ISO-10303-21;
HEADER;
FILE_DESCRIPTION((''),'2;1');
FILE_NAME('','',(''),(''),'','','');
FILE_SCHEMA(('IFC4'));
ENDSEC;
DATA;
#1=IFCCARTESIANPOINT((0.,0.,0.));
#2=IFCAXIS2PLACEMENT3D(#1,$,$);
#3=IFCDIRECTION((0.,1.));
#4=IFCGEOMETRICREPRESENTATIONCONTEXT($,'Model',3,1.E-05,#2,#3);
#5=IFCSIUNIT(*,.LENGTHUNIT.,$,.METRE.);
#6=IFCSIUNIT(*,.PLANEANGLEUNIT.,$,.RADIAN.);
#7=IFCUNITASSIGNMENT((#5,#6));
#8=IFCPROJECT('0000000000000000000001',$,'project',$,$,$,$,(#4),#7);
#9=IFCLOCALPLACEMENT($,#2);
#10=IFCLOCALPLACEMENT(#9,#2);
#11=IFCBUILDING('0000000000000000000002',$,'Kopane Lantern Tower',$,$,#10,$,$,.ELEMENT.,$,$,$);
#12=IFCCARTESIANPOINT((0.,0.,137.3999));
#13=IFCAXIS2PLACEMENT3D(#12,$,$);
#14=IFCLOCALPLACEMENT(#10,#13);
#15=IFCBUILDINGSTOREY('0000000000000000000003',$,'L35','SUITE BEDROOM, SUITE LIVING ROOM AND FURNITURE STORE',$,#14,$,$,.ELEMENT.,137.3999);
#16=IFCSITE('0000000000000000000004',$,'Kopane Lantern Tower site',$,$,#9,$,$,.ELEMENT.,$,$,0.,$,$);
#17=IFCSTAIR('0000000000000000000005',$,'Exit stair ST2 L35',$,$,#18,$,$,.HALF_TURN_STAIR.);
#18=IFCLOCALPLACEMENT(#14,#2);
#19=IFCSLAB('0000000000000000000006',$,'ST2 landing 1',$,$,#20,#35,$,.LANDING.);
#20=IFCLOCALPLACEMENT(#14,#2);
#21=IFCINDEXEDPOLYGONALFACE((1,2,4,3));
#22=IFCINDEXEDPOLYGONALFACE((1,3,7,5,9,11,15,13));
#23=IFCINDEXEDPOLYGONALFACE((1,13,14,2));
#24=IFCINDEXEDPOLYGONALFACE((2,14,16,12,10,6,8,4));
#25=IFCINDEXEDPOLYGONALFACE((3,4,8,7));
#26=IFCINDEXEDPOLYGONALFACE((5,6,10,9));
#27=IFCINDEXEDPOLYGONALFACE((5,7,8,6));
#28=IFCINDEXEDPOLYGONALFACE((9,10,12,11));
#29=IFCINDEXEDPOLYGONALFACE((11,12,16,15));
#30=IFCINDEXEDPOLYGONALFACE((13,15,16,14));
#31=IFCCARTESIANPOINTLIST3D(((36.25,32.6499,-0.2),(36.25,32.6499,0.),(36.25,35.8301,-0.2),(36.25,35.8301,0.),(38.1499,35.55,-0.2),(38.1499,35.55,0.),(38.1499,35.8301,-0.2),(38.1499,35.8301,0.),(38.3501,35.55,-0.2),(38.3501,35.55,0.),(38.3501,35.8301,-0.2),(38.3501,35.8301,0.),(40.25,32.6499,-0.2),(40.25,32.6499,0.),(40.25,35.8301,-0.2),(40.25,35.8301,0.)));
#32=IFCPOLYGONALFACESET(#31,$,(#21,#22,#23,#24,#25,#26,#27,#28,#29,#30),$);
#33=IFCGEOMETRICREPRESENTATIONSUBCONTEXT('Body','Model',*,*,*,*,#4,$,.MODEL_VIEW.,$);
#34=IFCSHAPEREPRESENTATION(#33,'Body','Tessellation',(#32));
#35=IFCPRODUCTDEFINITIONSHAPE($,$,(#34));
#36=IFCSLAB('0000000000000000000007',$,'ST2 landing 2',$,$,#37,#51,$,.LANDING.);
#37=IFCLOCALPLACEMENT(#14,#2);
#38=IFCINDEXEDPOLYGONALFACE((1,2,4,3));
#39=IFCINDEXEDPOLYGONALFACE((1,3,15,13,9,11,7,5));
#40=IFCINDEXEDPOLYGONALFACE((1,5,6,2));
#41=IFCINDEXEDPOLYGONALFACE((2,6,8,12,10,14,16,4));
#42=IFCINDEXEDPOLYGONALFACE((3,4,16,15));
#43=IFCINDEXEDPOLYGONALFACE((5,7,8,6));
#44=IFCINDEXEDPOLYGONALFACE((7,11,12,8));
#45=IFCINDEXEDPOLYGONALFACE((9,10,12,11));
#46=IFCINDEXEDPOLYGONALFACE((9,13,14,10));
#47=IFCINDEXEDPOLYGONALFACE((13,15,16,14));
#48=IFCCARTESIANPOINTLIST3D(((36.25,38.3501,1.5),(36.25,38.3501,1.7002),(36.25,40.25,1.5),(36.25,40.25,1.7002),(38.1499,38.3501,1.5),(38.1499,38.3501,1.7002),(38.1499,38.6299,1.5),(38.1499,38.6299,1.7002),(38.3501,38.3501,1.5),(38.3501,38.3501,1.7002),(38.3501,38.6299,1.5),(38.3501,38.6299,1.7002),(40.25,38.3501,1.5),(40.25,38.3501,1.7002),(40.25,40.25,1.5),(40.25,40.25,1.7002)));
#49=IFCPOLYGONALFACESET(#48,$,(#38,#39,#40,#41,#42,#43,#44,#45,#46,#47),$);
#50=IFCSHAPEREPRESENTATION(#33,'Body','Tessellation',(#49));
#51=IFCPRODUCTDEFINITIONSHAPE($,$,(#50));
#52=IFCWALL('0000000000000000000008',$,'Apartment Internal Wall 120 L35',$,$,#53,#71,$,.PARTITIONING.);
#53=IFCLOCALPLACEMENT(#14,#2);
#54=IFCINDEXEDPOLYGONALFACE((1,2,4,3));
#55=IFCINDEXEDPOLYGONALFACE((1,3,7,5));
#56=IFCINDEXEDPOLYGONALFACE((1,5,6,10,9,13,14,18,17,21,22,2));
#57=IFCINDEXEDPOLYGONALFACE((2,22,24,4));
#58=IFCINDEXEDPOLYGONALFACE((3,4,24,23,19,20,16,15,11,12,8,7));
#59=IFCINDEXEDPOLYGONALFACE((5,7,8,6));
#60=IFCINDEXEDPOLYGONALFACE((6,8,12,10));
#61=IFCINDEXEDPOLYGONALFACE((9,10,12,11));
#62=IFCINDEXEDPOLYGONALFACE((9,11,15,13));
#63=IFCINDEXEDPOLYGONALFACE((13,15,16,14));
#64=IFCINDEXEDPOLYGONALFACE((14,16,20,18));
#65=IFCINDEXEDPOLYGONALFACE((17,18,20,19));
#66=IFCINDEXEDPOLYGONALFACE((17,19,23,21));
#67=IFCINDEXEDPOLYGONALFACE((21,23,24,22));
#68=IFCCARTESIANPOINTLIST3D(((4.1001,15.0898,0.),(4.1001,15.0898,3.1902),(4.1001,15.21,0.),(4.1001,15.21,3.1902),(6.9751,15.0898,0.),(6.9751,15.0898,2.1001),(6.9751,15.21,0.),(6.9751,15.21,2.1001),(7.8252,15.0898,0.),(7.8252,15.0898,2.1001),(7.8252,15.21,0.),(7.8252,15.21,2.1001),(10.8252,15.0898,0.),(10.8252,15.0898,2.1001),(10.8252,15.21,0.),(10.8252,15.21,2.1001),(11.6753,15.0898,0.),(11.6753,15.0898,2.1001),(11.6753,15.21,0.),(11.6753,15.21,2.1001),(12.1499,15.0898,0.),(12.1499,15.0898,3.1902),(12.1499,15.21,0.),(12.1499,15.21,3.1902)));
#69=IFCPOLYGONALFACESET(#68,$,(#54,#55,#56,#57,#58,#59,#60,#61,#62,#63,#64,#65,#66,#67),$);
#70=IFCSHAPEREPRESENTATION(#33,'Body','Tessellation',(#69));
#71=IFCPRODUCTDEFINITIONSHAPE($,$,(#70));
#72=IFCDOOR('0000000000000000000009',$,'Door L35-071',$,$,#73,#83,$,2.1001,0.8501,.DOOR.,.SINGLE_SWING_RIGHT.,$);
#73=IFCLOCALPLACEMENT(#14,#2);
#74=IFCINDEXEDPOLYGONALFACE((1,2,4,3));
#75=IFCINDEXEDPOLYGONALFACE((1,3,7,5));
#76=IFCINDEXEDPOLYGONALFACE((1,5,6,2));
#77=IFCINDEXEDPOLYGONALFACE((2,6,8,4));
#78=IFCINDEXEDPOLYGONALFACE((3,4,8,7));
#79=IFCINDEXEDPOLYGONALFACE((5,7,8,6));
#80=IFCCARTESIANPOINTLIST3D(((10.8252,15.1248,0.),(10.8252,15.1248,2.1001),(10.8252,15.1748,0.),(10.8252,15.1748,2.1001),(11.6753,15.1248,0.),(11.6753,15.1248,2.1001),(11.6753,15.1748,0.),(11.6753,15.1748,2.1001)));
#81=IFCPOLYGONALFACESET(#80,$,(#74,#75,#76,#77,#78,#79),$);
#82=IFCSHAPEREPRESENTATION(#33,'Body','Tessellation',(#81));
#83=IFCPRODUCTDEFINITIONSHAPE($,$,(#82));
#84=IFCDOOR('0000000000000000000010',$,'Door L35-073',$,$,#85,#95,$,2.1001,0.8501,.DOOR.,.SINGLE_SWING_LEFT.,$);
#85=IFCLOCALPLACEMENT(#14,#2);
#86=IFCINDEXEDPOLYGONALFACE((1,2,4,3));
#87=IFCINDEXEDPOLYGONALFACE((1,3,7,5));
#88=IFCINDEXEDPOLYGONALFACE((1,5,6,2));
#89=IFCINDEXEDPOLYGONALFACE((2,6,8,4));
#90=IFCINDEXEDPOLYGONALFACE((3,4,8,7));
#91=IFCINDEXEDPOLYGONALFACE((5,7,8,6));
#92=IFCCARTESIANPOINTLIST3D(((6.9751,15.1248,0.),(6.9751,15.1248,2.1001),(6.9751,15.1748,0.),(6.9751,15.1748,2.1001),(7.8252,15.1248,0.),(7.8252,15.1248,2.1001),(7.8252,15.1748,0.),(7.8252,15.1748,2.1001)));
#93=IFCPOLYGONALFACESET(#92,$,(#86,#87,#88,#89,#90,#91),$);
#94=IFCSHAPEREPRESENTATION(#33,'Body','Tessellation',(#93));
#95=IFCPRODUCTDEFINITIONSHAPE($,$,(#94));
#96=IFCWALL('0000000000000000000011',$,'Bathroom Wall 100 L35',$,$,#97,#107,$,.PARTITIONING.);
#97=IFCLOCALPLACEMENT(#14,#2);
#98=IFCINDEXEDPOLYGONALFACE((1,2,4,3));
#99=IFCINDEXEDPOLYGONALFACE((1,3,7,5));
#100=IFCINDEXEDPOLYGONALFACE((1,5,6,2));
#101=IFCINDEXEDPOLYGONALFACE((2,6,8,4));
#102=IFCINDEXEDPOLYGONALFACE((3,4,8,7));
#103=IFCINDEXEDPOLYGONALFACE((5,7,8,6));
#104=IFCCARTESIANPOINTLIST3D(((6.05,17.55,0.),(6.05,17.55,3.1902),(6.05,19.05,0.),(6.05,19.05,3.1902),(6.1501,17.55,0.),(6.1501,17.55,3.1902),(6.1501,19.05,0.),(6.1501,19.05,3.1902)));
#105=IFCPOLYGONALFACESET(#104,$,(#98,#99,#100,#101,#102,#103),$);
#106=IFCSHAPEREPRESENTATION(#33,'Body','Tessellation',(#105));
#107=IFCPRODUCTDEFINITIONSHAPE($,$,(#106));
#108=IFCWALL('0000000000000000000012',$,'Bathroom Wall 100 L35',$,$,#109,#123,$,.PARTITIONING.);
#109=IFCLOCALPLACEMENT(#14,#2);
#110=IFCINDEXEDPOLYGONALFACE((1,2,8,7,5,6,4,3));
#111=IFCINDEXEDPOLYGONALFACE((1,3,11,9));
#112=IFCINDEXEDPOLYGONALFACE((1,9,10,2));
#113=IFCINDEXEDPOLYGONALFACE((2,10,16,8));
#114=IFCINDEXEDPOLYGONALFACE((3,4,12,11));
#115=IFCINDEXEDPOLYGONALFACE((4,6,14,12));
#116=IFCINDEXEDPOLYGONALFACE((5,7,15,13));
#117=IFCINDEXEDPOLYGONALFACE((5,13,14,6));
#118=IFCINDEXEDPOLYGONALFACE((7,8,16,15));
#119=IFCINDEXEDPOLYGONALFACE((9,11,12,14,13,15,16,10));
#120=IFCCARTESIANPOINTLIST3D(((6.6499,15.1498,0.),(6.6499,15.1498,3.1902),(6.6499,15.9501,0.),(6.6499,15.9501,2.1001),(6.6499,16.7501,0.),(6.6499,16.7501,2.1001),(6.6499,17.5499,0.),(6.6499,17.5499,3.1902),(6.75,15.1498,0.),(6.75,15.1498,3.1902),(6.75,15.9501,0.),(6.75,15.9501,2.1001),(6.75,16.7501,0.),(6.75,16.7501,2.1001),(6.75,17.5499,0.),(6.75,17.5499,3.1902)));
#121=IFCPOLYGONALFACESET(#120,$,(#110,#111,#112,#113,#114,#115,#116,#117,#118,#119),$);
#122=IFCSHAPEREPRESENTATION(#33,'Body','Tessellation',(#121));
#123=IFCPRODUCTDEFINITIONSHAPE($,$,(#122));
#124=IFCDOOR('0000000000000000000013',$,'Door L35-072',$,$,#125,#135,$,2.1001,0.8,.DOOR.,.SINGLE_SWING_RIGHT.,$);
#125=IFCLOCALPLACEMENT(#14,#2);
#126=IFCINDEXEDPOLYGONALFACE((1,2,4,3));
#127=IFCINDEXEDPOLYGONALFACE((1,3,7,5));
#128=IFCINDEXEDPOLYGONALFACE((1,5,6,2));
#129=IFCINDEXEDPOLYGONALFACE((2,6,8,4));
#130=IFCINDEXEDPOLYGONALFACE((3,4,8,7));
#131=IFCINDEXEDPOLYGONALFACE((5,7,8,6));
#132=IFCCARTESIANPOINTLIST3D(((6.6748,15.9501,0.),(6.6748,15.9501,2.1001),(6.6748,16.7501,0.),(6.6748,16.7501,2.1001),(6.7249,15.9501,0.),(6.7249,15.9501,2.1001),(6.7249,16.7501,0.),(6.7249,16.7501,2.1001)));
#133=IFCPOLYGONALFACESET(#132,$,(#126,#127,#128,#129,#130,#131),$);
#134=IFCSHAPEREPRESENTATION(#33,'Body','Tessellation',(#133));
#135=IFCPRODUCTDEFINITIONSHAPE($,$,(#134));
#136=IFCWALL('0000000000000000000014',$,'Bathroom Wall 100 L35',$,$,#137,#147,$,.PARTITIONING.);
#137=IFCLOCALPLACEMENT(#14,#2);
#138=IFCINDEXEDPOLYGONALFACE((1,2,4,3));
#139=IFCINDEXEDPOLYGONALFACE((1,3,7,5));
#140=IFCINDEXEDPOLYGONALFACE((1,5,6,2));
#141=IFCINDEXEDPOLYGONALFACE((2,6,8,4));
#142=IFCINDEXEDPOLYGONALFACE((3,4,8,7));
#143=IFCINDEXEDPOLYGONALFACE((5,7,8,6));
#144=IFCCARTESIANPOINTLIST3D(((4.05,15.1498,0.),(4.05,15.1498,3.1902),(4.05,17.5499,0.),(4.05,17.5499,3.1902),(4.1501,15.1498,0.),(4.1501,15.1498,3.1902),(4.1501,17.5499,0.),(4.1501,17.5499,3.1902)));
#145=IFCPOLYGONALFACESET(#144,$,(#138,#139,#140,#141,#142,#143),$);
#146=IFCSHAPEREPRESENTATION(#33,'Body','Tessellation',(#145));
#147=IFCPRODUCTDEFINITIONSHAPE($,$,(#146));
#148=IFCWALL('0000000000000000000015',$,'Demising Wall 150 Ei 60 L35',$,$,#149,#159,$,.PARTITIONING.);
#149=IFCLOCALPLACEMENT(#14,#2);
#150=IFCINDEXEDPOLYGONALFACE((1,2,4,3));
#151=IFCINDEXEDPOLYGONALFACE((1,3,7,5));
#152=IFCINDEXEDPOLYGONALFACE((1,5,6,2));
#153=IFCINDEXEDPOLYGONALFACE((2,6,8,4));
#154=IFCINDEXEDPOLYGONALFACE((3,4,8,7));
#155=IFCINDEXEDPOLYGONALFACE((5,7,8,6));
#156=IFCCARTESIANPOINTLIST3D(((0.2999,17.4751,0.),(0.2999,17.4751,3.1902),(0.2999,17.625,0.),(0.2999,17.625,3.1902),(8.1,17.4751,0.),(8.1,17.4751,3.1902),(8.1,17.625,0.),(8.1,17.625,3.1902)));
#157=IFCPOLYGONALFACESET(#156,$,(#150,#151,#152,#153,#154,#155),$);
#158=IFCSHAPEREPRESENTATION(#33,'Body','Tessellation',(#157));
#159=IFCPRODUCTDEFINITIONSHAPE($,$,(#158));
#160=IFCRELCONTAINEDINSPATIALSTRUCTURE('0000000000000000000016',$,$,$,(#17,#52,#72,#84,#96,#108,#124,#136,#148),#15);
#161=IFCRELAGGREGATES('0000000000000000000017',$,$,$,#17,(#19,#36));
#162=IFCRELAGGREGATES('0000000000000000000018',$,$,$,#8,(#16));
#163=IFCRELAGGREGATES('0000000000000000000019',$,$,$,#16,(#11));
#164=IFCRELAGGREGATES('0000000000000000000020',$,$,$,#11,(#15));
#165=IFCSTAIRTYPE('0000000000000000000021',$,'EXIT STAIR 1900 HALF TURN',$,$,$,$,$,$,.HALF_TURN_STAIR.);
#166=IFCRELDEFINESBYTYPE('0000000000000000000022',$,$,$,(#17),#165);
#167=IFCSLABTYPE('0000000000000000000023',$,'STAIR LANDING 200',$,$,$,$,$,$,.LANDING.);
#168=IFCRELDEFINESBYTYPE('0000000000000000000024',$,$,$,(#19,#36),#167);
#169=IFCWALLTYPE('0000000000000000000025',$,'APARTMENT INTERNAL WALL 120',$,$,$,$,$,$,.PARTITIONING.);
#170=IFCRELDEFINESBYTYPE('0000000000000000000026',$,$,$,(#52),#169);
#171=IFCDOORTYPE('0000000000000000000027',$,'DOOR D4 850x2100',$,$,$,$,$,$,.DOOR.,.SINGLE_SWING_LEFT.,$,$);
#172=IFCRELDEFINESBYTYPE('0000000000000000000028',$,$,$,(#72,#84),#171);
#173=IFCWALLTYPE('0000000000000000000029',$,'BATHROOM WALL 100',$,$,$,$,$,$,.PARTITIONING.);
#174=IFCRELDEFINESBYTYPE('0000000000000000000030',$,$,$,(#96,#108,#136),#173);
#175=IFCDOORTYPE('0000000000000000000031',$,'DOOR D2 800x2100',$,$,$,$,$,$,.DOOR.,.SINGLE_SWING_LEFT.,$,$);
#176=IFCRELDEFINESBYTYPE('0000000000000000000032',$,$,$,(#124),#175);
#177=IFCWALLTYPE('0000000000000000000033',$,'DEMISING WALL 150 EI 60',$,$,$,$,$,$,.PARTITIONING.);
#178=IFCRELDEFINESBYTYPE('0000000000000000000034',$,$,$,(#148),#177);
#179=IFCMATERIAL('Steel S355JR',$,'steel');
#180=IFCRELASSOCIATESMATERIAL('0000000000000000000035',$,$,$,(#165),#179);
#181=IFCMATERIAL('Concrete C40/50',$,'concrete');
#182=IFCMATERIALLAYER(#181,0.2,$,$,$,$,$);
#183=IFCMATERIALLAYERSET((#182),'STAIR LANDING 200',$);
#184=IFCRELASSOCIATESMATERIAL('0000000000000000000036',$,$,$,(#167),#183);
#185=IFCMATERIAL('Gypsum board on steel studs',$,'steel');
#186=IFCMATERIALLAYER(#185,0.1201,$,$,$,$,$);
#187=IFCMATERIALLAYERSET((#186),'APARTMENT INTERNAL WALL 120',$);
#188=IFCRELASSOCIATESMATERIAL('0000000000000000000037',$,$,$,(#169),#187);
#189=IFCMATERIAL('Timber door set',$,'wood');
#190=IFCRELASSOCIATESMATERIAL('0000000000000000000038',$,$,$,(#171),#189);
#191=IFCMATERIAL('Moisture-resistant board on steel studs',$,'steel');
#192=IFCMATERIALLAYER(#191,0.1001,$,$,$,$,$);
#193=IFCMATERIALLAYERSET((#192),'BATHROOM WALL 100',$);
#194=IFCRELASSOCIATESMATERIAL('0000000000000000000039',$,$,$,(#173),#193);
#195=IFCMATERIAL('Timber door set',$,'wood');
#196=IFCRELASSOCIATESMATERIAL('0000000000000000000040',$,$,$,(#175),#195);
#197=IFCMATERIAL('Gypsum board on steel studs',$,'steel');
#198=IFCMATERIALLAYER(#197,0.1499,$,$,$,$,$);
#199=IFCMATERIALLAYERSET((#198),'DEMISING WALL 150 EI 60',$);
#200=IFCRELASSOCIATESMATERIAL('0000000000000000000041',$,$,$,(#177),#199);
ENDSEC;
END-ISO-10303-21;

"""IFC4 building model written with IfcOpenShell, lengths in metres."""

from ifc_helpers import new_model, si_unit, direction, frame, frame_2d, origin, place, context, subcontext, project, spatial, polyline, rectangle, outline, extrude, material, layer, layer_set, type_object, element, fill, aggregate, save


model = new_model("IFC4")

# Units and contexts
model_context = context("Model", 3, precision=1e-05, world=origin(), true_north=direction((0.0, 1.0)))
body_context = subcontext(model_context, "Body", "Model", "MODEL_VIEW")
ifc_project = project(units=[si_unit("LENGTHUNIT", "METRE"), si_unit("PLANEANGLEUNIT", "RADIAN")], contexts=[model_context])

# Site, building, storey
site_placement = place(None, origin())
site = spatial("IfcSite", under=ifc_project, at=site_placement, Name="Kopane Lantern Tower site", CompositionType="ELEMENT", RefElevation=0.0)
building_placement = place(site_placement, origin())
building = spatial("IfcBuilding", under=site, at=building_placement, Name="Kopane Lantern Tower", CompositionType="ELEMENT")
storey_placement = place(building_placement, frame((0.0, 0.0, 137.3999)))
storey = spatial("IfcBuildingStorey", under=building, at=storey_placement, Name="L35", Description="SUITE BEDROOM, SUITE LIVING ROOM AND FURNITURE STORE", CompositionType="ELEMENT", Elevation=137.3999)

# Stair, slabs
ifc_material_1 = material(Name="Steel S355JR", Category="steel")
stair_type = type_object("IfcStairType", Name="EXIT STAIR 1900 HALF TURN", PredefinedType="HALF_TURN_STAIR", material=ifc_material_1)
ifc_material_2 = material(Name="Concrete C40/50", Category="concrete")
ifc_layer_1 = layer(ifc_material_2, 0.2)
ifc_layer_set_1 = layer_set([ifc_layer_1], Name="STAIR LANDING 200")
slab_type_1 = type_object("IfcSlabType", Name="STAIR LANDING 200", PredefinedType="LANDING", material=ifc_layer_set_1)
stair_1_placement = place(storey_placement, origin())
stair_1 = element("IfcStair", 1, at=stair_1_placement, inside=storey, type_object=stair_type, Name="Exit stair ST2 L35", PredefinedType="HALF_TURN_STAIR")
slab_1_placement = place(storey_placement, frame((0.0, 0.0, -0.2)))
slab_1 = element("IfcSlab", 2, at=slab_1_placement, type_object=slab_type_1, Name="ST2 landing 1", PredefinedType="LANDING", context=body_context, shape_type="SweptSolid", body=[
    extrude(outline(polyline([(40.25, 35.8301), (38.3501, 35.8301), (38.3501, 35.55), (38.1499, 35.55), (38.1499, 35.8301), (36.25, 35.8301), (36.25, 32.6499), (40.25, 32.6499), (40.25, 35.8301)])), origin(), (0.0, 0.0, 1.0), 0.2),
])
slab_2_placement = place(storey_placement, frame((0.0, 0.0, 1.5)))
slab_2 = element("IfcSlab", 3, at=slab_2_placement, type_object=slab_type_1, Name="ST2 landing 2", PredefinedType="LANDING", context=body_context, shape_type="SweptSolid", body=[
    extrude(outline(polyline([(38.1499, 38.6299), (38.3501, 38.6299), (38.3501, 38.3501), (40.25, 38.3501), (40.25, 40.25), (36.25, 40.25), (36.25, 38.3501), (38.1499, 38.3501), (38.1499, 38.6299)])), origin(), (0.0, 0.0, 1.0), 0.2002),
])
aggregate(stair_1, [slab_1, slab_2])

# Wall, openings, doors
ifc_material_3 = material(Name="Gypsum board on steel studs", Category="steel")
ifc_layer_2 = layer(ifc_material_3, 0.1201)
ifc_layer_set_2 = layer_set([ifc_layer_2], Name="APARTMENT INTERNAL WALL 120")
wall_type_1 = type_object("IfcWallType", Name="APARTMENT INTERNAL WALL 120", PredefinedType="PARTITIONING", material=ifc_layer_set_2)
wall_1_placement = place(storey_placement, frame((4.1001, 15.1499, 0.0), z_axis=(0.0, 0.0, 1.0), x_axis=(1.0, 0.0, 0.0)))
wall_1 = element("IfcWall", 4, at=wall_1_placement, inside=storey, type_object=wall_type_1, Name="Apartment Internal Wall 120 L35", PredefinedType="PARTITIONING", context=body_context, shape_type="SweptSolid", body=[
    extrude(rectangle(XDim=8.0498, YDim=0.1201, at=frame_2d((4.0249, 0.0))), origin(), (0.0, 0.0, 1.0), 3.1902),
])
opening_1_placement = place(wall_1_placement, frame((6.7251, 0.0, 0.0)))
opening_1 = element("IfcOpeningElement", 5, at=opening_1_placement, cuts=wall_1, PredefinedType="OPENING", context=body_context, shape_type="SweptSolid", body=[
    extrude(rectangle(XDim=0.8501, YDim=2.1001, at=frame_2d((0.425, 1.05))), frame((0.0, 0.0701, 0.0), z_axis=(0.0, -1.0, 0.0), x_axis=(1.0, 0.0, 0.0)), (0.0, 0.0, 1.0), 0.1401),
])
opening_2_placement = place(wall_1_placement, frame((2.875, 0.0, 0.0)))
opening_2 = element("IfcOpeningElement", 6, at=opening_2_placement, cuts=wall_1, PredefinedType="OPENING", context=body_context, shape_type="SweptSolid", body=[
    extrude(rectangle(XDim=0.8501, YDim=2.1001, at=frame_2d((0.425, 1.05))), frame((0.0, 0.0701, 0.0), z_axis=(0.0, -1.0, 0.0), x_axis=(1.0, 0.0, 0.0)), (0.0, 0.0, 1.0), 0.1401),
])
ifc_material_4 = material(Name="Timber door set", Category="wood")
door_type_1 = type_object("IfcDoorType", Name="DOOR D4 850x2100", OperationType="SINGLE_SWING_LEFT", PredefinedType="DOOR", material=ifc_material_4)
door_1_placement = place(opening_1_placement, origin())
door_1 = element("IfcDoor", 7, at=door_1_placement, inside=storey, type_object=door_type_1, Name="Door L35-071", OperationType="SINGLE_SWING_RIGHT", OverallHeight=2.1001, OverallWidth=0.8501, PredefinedType="DOOR", context=body_context, shape_type="SweptSolid", body=[
    extrude(rectangle(XDim=0.8501, YDim=2.1001, at=frame_2d((0.425, 1.05))), frame((0.0, 0.0249, 0.0), z_axis=(0.0, -1.0, 0.0), x_axis=(1.0, 0.0, 0.0)), (0.0, 0.0, 1.0), 0.05),
])
fill(opening_1, door_1)
door_2_placement = place(opening_2_placement, origin())
door_2 = element("IfcDoor", 8, at=door_2_placement, inside=storey, type_object=door_type_1, Name="Door L35-073", OperationType="SINGLE_SWING_LEFT", OverallHeight=2.1001, OverallWidth=0.8501, PredefinedType="DOOR", context=body_context, shape_type="SweptSolid", body=[
    extrude(rectangle(XDim=0.8501, YDim=2.1001, at=frame_2d((0.425, 1.05))), frame((0.0, 0.0249, 0.0), z_axis=(0.0, -1.0, 0.0), x_axis=(1.0, 0.0, 0.0)), (0.0, 0.0, 1.0), 0.05),
])
fill(opening_2, door_2)

# Wall
ifc_material_5 = material(Name="Moisture-resistant board on steel studs", Category="steel")
ifc_layer_3 = layer(ifc_material_5, 0.1001)
ifc_layer_set_3 = layer_set([ifc_layer_3], Name="BATHROOM WALL 100")
wall_type_2 = type_object("IfcWallType", Name="BATHROOM WALL 100", PredefinedType="PARTITIONING", material=ifc_layer_set_3)
wall_2_placement = place(storey_placement, frame((6.1001, 17.55, 0.0), z_axis=(0.0, 0.0, 1.0), x_axis=(0.0, 1.0, 0.0)))
element("IfcWall", 9, at=wall_2_placement, inside=storey, type_object=wall_type_2, Name="Bathroom Wall 100 L35", PredefinedType="PARTITIONING", context=body_context, shape_type="SweptSolid", body=[
    extrude(rectangle(XDim=1.5, YDim=0.1001, at=frame_2d((0.75, 0.0))), origin(), (0.0, 0.0, 1.0), 3.1902),
])

# Wall, opening, door
wall_3_placement = place(storey_placement, frame((6.7, 17.55, 0.0), z_axis=(0.0, 0.0, 1.0), x_axis=(0.0, -1.0, 0.0)))
wall_3 = element("IfcWall", 10, at=wall_3_placement, inside=storey, type_object=wall_type_2, Name="Bathroom Wall 100 L35", PredefinedType="PARTITIONING", context=body_context, shape_type="SweptSolid", body=[
    extrude(rectangle(XDim=2.4001, YDim=0.1001, at=frame_2d((1.2002, 0.0))), origin(), (0.0, 0.0, 1.0), 3.1902),
])
opening_3_placement = place(wall_3_placement, frame((0.8, 0.0, 0.0)))
opening_3 = element("IfcOpeningElement", 11, at=opening_3_placement, cuts=wall_3, PredefinedType="OPENING", context=body_context, shape_type="SweptSolid", body=[
    extrude(rectangle(XDim=0.8, YDim=2.1001, at=frame_2d((0.3999, 1.05))), frame((0.0, 0.0601, 0.0), z_axis=(0.0, -1.0, 0.0), x_axis=(1.0, 0.0, 0.0)), (0.0, 0.0, 1.0), 0.1201),
])
ifc_material_6 = material(Name="Timber door set", Category="wood")
door_type_2 = type_object("IfcDoorType", Name="DOOR D2 800x2100", OperationType="SINGLE_SWING_LEFT", PredefinedType="DOOR", material=ifc_material_6)
door_3_placement = place(opening_3_placement, origin())
door_3 = element("IfcDoor", 12, at=door_3_placement, inside=storey, type_object=door_type_2, Name="Door L35-072", OperationType="SINGLE_SWING_RIGHT", OverallHeight=2.1001, OverallWidth=0.8, PredefinedType="DOOR", context=body_context, shape_type="SweptSolid", body=[
    extrude(rectangle(XDim=0.8, YDim=2.1001, at=frame_2d((0.3999, 1.05))), frame((0.0, 0.0249, 0.0), z_axis=(0.0, -1.0, 0.0), x_axis=(1.0, 0.0, 0.0)), (0.0, 0.0, 1.0), 0.05),
])
fill(opening_3, door_3)

# Walls
wall_4_placement = place(storey_placement, frame((4.1001, 17.55, 0.0), z_axis=(0.0, 0.0, 1.0), x_axis=(0.0, -1.0, 0.0)))
element("IfcWall", 13, at=wall_4_placement, inside=storey, type_object=wall_type_2, Name="Bathroom Wall 100 L35", PredefinedType="PARTITIONING", context=body_context, shape_type="SweptSolid", body=[
    extrude(rectangle(XDim=2.4001, YDim=0.1001, at=frame_2d((1.2002, 0.0))), origin(), (0.0, 0.0, 1.0), 3.1902),
])
ifc_material_7 = material(Name="Gypsum board on steel studs", Category="steel")
ifc_layer_4 = layer(ifc_material_7, 0.1499)
ifc_layer_set_4 = layer_set([ifc_layer_4], Name="DEMISING WALL 150 EI 60")
wall_type_3 = type_object("IfcWallType", Name="DEMISING WALL 150 EI 60", PredefinedType="PARTITIONING", material=ifc_layer_set_4)
wall_5_placement = place(storey_placement, frame((0.3, 17.55, 0.0), z_axis=(0.0, 0.0, 1.0), x_axis=(1.0, 0.0, 0.0)))
element("IfcWall", 14, at=wall_5_placement, inside=storey, type_object=wall_type_3, Name="Demising Wall 150 Ei 60 L35", PredefinedType="PARTITIONING", context=body_context, shape_type="SweptSolid", body=[
    extrude(rectangle(XDim=7.8, YDim=0.1499, at=frame_2d((3.8999, 0.0))), origin(), (0.0, 0.0, 1.0), 3.1902),
])

save(model, "model.ifc")
